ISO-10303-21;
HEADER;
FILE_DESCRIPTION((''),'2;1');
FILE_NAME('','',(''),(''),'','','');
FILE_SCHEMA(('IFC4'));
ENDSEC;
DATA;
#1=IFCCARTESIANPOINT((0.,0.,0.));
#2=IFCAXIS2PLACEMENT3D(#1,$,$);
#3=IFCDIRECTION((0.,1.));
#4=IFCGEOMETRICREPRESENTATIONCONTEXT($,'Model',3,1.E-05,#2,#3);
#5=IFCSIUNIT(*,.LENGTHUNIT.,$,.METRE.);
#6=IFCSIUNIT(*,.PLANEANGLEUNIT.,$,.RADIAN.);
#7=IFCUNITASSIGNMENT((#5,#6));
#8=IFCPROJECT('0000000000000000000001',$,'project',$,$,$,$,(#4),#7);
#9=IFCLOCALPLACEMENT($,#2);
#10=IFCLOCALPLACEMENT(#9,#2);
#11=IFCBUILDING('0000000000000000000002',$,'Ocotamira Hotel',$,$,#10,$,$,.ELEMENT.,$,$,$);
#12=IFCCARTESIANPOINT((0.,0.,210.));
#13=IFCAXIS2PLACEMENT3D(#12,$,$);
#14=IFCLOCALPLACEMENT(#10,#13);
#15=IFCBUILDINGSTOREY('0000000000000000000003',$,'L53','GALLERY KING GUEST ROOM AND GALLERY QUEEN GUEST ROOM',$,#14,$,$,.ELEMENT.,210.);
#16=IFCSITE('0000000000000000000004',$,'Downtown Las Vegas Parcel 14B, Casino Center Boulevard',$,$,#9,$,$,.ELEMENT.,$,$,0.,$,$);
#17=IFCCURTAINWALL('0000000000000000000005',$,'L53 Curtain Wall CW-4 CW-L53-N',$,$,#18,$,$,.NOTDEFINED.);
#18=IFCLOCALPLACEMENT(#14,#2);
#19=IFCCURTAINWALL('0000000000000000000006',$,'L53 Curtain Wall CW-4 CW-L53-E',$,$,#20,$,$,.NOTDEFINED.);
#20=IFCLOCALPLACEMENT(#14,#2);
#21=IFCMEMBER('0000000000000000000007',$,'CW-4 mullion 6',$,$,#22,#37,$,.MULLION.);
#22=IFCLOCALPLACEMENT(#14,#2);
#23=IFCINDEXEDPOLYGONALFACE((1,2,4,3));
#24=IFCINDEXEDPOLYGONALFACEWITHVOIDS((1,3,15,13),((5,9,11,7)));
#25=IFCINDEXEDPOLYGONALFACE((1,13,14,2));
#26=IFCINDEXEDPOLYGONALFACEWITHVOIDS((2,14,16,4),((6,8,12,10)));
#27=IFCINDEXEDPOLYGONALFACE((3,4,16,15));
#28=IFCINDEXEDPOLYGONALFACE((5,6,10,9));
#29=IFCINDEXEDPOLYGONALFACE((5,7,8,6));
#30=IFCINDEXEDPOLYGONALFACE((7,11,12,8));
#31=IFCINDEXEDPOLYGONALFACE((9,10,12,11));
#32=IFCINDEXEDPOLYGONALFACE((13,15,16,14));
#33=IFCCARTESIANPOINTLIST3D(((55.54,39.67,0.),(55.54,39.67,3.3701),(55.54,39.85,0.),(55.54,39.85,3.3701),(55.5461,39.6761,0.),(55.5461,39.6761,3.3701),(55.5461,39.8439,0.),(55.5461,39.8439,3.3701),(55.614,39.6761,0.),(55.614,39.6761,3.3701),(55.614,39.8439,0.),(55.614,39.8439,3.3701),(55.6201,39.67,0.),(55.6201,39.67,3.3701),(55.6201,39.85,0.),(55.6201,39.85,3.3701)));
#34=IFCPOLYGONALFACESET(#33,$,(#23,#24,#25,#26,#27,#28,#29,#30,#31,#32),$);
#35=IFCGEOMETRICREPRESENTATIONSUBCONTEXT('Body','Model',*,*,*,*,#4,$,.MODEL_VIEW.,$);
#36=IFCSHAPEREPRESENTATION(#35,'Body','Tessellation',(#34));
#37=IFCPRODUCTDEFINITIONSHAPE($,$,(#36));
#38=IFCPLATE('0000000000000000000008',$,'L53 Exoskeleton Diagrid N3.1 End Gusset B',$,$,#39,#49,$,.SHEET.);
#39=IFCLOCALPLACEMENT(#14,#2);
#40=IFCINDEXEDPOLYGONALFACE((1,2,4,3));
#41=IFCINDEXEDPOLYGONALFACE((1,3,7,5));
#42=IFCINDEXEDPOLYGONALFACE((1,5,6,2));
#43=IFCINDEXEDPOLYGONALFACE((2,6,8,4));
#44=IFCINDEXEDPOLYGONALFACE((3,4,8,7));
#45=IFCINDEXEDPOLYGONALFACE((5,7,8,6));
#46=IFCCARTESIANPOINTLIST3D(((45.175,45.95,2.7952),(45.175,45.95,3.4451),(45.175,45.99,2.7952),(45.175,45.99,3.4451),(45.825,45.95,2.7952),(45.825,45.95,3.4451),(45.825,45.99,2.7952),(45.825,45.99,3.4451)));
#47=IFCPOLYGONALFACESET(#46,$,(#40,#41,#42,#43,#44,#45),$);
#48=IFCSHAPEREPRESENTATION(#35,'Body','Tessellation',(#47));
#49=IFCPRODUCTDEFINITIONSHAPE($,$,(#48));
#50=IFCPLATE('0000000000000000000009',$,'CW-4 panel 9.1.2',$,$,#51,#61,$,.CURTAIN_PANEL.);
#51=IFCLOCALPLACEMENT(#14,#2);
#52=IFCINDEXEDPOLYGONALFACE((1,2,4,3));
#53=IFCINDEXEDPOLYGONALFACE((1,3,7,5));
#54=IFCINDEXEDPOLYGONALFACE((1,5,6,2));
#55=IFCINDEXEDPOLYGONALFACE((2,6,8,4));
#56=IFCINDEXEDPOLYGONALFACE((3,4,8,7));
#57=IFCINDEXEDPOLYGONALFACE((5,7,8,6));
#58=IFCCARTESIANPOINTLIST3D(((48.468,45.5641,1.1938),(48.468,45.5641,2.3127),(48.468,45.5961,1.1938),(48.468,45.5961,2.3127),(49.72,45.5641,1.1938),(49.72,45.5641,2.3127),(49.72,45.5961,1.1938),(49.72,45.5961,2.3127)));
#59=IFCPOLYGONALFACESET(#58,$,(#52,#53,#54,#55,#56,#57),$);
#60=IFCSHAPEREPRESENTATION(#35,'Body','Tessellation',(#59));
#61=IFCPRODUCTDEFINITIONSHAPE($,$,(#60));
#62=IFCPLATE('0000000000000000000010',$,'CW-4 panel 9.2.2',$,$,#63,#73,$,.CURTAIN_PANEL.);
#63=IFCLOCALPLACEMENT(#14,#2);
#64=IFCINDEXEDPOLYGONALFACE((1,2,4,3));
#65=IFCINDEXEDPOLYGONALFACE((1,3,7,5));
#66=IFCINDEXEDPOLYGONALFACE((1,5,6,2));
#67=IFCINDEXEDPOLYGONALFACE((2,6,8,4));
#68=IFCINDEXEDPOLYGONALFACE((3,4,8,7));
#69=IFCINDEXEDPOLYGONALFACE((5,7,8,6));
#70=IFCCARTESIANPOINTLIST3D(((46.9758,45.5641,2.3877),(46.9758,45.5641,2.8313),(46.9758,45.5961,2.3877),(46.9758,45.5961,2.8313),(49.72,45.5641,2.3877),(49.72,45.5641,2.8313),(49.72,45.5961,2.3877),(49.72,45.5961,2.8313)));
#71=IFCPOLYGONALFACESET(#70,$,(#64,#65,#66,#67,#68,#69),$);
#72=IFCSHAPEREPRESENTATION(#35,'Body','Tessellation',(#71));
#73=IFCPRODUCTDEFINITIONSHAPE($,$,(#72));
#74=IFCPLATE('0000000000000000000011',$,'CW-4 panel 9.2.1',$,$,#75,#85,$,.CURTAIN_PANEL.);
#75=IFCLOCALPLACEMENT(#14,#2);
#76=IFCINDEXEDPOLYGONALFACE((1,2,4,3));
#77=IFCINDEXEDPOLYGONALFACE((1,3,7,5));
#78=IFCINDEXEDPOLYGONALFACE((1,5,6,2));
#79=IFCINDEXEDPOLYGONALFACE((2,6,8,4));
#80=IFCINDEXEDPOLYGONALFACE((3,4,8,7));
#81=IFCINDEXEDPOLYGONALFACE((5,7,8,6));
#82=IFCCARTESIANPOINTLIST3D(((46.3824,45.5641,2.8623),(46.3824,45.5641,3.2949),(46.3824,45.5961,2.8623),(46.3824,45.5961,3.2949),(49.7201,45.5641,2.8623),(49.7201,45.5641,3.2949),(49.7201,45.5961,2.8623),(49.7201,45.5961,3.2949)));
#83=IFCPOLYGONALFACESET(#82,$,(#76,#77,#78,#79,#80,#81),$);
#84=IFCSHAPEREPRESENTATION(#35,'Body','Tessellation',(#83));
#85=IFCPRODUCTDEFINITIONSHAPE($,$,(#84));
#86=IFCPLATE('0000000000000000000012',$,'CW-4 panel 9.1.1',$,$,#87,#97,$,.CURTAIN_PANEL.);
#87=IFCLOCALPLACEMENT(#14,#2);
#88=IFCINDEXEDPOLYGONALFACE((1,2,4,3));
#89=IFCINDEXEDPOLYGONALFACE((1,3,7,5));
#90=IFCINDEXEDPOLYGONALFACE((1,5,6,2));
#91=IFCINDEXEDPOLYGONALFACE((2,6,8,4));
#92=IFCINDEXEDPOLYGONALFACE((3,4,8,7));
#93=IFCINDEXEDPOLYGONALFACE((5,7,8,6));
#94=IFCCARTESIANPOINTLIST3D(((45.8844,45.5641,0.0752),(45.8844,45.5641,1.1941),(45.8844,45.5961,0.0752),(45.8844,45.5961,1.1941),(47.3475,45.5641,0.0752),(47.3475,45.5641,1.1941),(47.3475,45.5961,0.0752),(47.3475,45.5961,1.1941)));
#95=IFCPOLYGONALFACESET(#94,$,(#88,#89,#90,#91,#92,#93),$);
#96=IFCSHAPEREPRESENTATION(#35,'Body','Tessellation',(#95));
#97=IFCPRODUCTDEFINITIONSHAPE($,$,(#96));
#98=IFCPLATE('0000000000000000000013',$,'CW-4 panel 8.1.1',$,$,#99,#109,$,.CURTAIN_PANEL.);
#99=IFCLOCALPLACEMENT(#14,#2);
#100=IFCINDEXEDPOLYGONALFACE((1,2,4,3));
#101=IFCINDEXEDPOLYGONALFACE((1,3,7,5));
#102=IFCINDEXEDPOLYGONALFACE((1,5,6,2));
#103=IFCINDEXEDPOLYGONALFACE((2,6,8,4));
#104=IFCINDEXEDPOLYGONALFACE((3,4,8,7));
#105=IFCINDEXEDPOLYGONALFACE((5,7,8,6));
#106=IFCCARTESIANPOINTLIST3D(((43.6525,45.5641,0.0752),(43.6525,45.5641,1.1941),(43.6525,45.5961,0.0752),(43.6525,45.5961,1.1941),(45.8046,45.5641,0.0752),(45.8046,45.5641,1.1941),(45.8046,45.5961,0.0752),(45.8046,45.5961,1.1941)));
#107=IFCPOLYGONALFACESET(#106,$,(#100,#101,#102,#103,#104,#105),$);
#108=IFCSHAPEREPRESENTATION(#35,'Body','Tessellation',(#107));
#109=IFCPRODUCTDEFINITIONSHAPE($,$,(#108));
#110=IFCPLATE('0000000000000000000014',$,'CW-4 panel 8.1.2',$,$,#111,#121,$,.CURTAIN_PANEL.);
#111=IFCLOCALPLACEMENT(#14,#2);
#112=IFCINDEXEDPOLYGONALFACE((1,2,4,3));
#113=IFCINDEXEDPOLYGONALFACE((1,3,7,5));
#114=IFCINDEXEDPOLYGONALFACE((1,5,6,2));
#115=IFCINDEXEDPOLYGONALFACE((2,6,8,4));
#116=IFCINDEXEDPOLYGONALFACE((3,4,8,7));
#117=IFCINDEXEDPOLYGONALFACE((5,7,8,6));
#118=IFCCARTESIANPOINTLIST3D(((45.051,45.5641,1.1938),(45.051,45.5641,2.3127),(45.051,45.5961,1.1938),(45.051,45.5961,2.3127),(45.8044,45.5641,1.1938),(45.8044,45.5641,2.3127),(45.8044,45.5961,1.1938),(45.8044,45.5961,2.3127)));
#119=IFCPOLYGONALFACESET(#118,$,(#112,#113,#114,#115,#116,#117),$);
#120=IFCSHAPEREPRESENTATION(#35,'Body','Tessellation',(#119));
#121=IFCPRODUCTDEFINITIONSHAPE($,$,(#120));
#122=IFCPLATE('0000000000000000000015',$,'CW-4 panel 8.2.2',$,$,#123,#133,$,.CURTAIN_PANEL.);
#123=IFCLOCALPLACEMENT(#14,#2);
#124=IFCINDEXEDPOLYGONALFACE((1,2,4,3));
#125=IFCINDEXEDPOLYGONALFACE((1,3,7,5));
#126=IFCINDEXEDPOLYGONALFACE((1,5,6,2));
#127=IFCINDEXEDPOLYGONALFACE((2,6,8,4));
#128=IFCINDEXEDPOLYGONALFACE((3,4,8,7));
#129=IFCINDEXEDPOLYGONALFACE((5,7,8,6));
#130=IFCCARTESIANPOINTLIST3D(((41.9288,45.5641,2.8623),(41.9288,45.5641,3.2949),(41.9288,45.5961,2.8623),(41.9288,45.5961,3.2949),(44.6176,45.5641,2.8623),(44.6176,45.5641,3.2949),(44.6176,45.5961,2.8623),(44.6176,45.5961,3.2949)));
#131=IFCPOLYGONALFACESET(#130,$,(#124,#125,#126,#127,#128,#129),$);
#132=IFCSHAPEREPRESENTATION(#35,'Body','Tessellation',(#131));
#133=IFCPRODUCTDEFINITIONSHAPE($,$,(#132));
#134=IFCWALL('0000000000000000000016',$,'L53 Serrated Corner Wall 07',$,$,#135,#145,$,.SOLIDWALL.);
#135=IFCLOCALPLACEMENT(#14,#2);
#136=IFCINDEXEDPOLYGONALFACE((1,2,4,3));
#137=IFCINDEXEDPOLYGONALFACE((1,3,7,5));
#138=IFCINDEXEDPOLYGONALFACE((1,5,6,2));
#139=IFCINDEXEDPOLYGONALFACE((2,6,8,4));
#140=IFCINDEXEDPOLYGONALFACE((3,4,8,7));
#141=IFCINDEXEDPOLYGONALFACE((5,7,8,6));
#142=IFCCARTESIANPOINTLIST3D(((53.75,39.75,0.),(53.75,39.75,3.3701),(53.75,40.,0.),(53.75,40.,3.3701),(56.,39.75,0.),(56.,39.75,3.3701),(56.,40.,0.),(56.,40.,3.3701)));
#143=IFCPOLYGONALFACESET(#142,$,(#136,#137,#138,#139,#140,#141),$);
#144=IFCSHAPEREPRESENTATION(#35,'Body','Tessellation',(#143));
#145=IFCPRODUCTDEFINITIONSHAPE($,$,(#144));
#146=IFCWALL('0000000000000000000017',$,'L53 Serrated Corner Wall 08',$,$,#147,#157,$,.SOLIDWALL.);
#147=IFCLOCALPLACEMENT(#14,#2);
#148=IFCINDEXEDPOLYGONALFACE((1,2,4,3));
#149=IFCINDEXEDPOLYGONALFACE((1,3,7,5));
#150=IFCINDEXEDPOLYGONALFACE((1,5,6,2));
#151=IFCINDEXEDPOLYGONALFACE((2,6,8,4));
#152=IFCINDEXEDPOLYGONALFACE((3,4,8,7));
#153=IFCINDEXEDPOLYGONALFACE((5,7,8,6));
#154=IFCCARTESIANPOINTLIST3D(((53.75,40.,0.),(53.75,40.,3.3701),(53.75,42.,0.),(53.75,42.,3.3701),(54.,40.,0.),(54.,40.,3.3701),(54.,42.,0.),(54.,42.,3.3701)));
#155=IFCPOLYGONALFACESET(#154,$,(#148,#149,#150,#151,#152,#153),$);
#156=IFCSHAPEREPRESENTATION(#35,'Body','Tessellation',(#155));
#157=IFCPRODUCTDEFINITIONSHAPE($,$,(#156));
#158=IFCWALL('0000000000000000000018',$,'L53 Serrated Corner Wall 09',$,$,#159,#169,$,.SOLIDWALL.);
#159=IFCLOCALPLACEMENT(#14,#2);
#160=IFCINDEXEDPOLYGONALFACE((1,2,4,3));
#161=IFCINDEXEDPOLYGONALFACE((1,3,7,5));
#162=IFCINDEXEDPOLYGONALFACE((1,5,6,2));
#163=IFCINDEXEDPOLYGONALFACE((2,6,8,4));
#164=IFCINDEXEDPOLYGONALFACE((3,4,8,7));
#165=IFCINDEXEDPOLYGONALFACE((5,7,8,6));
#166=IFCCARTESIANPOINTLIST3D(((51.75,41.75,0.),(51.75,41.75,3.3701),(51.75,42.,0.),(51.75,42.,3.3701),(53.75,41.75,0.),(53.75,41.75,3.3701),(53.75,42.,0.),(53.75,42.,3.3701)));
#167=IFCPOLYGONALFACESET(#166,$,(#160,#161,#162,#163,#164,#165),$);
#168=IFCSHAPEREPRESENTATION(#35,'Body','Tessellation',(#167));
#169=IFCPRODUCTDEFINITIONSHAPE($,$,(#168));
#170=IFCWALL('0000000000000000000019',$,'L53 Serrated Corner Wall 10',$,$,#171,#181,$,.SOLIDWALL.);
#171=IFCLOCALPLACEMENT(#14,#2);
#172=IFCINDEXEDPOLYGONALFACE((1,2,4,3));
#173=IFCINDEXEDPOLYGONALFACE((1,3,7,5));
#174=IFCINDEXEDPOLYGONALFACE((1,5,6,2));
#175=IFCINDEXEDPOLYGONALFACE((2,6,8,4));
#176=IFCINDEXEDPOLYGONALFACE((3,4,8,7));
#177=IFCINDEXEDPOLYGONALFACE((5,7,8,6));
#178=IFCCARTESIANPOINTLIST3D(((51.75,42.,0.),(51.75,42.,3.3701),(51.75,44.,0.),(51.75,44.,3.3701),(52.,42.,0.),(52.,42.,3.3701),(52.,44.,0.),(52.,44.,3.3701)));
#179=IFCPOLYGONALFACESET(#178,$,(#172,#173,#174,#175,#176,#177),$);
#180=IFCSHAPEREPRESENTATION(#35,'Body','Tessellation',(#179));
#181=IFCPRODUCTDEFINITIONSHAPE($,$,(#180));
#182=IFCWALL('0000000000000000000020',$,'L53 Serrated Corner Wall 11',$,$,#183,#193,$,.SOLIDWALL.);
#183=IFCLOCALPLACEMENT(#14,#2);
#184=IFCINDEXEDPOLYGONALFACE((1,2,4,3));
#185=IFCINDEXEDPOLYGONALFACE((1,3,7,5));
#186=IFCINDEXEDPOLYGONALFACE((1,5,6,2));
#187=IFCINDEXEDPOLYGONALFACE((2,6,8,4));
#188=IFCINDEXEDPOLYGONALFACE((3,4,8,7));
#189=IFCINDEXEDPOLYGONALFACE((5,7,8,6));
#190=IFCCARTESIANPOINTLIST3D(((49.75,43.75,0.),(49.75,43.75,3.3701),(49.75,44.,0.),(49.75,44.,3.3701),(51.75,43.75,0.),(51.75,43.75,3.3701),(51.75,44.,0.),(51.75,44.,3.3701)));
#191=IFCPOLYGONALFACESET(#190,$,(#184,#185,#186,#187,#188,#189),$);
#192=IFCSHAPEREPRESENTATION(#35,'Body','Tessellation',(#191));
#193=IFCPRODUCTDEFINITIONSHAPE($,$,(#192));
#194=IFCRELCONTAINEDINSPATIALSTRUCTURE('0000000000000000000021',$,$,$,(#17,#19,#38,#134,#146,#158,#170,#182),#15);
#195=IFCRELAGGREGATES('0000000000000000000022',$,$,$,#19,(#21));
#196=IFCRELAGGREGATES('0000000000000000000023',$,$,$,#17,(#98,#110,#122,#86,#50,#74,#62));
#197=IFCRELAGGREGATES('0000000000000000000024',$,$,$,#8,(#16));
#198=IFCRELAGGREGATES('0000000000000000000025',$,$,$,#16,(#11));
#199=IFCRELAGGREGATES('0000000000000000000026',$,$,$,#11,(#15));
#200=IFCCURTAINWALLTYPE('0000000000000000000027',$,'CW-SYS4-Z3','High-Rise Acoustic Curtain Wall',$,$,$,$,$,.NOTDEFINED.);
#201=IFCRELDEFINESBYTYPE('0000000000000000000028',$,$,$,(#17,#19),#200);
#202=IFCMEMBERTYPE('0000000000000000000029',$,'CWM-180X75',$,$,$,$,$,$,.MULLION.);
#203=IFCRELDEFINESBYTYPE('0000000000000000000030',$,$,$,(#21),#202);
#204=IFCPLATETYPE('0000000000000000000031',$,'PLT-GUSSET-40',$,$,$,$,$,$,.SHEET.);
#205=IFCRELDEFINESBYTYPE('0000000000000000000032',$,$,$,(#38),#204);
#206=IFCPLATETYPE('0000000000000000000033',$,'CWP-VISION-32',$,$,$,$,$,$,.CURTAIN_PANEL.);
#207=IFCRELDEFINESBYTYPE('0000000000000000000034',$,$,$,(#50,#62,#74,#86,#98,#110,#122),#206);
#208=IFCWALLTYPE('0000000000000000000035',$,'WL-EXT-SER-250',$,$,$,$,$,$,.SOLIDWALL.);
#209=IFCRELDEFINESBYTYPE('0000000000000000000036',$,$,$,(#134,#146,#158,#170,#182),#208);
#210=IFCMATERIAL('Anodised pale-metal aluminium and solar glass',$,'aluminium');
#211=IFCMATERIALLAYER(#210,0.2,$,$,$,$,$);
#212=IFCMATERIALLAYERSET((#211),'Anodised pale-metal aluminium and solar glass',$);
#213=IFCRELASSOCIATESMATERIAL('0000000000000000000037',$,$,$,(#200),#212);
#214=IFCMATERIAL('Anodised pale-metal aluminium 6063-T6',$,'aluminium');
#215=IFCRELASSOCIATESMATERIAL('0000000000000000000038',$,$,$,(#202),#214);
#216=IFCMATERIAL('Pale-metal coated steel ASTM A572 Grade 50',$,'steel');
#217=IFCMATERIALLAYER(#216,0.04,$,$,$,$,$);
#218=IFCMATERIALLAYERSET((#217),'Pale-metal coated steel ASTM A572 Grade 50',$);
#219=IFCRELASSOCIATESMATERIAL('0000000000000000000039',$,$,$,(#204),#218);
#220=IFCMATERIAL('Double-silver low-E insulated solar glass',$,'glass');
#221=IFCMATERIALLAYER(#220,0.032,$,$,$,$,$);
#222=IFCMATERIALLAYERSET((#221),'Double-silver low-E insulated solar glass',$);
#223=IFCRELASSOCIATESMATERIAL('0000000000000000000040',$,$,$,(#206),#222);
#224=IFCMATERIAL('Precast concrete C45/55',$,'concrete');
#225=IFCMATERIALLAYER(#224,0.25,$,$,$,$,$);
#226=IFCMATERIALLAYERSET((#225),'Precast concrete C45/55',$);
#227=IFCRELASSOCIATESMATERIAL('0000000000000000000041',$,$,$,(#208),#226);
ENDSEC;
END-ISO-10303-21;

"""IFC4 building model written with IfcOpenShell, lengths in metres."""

from ifc_helpers import new_model, si_unit, direction, frame, frame_2d, origin, origin_2d, place, context, subcontext, project, spatial, rectangle, hollow_rectangle, extrude, source, transform, mapped, material, layer, layer_set, material_profile, profile_set, type_object, element, aggregate, save


model = new_model("IFC4")

# Units and contexts
model_context = context("Model", 3, precision=1e-05, world=origin(), true_north=direction((0.0, 1.0)))
body_context = subcontext(model_context, "Body", "Model", "MODEL_VIEW")
ifc_project = project(units=[si_unit("LENGTHUNIT", "METRE"), si_unit("PLANEANGLEUNIT", "RADIAN")], contexts=[model_context])

# Site, building, storey
site_placement = place(None, origin())
site = spatial("IfcSite", under=ifc_project, at=site_placement, Name="Downtown Las Vegas Parcel 14B, Casino Center Boulevard", CompositionType="ELEMENT", RefElevation=0.0)
building_placement = place(site_placement, origin())
building = spatial("IfcBuilding", under=site, at=building_placement, Name="Ocotamira Hotel", CompositionType="ELEMENT")
storey_placement = place(building_placement, frame((0.0, 0.0, 210.0)))
storey = spatial("IfcBuildingStorey", under=building, at=storey_placement, Name="L53", Description="GALLERY KING GUEST ROOM AND GALLERY QUEEN GUEST ROOM", CompositionType="ELEMENT", Elevation=210.0)

# Curtain wall
ifc_material_1 = material(Name="Anodised pale-metal aluminium and solar glass", Category="aluminium")
ifc_layer_1 = layer(ifc_material_1, 0.2)
ifc_layer_set_1 = layer_set([ifc_layer_1], Name="Anodised pale-metal aluminium and solar glass")
curtain_wall_type = type_object("IfcCurtainWallType", Name="CW-SYS4-Z3", Description="High-Rise Acoustic Curtain Wall", PredefinedType="NOTDEFINED", material=ifc_layer_set_1)
curtain_wall_1_placement = place(storey_placement, origin())
curtain_wall_1 = element("IfcCurtainWall", 1, at=curtain_wall_1_placement, inside=storey, type_object=curtain_wall_type, Name="L53 Curtain Wall CW-4 CW-L53-N", PredefinedType="NOTDEFINED")
ifc_material_2 = material(Name="Anodised pale-metal aluminium 6063-T6", Category="aluminium")
ifc_material_profile_1 = material_profile(ifc_material_2, hollow_rectangle(XDim=0.0801, YDim=0.1799, WallThickness=0.0061, at=origin_2d()), Name="HSS180X80X6")
ifc_profile_set_1 = profile_set([ifc_material_profile_1], Name="Anodised pale-metal aluminium 6063-T6")
member_type_1 = type_object("IfcMemberType", Name="CWM-180X75", PredefinedType="MULLION", material=ifc_profile_set_1)
shared_shape_1 = source(origin(), body_context, "Body", "SweptSolid", [
    extrude(hollow_rectangle(XDim=0.0801, YDim=0.1799, WallThickness=0.0061, at=origin_2d()), origin(), (0.0, 0.0, 1.0), 3.3701),
])

# Curtain wall, member
curtain_wall_2_placement = place(storey_placement, origin())
curtain_wall_2 = element("IfcCurtainWall", 2, at=curtain_wall_2_placement, inside=storey, type_object=curtain_wall_type, Name="L53 Curtain Wall CW-4 CW-L53-E", PredefinedType="NOTDEFINED")
member_1_placement = place(storey_placement, frame((55.5801, 39.76, 0.0), z_axis=(0.0, 0.0, 1.0), x_axis=(-1.0, 0.0, 0.0)))
member_1 = element("IfcMember", 3, at=member_1_placement, type_object=member_type_1, Name="CW-4 mullion 6", PredefinedType="MULLION", context=body_context, shape_type="MappedRepresentation", body=[
    mapped(shared_shape_1, transform((0.0, 0.0, 0.0), scale=1.0)),
])
aggregate(curtain_wall_2, [member_1])

# Plates
ifc_material_3 = material(Name="Pale-metal coated steel ASTM A572 Grade 50", Category="steel")
ifc_layer_2 = layer(ifc_material_3, 0.04)
ifc_layer_set_2 = layer_set([ifc_layer_2], Name="Pale-metal coated steel ASTM A572 Grade 50")
plate_type_1 = type_object("IfcPlateType", Name="PLT-GUSSET-40", PredefinedType="SHEET", material=ifc_layer_set_2)
shared_shape_2 = source(origin(), body_context, "Body", "SweptSolid", [
    extrude(rectangle(XDim=0.6499, YDim=0.04, at=origin_2d()), origin(), (0.0, 0.0, 1.0), 0.6499),
])
plate_1_placement = place(storey_placement, frame((45.5, 45.97, 2.7952), z_axis=(0.0, 0.0, 1.0), x_axis=(1.0, 0.0, 0.0)))
element("IfcPlate", 4, at=plate_1_placement, inside=storey, type_object=plate_type_1, Name="L53 Exoskeleton Diagrid N3.1 End Gusset B", PredefinedType="SHEET", context=body_context, shape_type="MappedRepresentation", body=[
    mapped(shared_shape_2, transform((0.0, 0.0, 0.0), scale=1.0)),
])
ifc_material_4 = material(Name="Double-silver low-E insulated solar glass", Category="glass")
ifc_layer_3 = layer(ifc_material_4, 0.032)
ifc_layer_set_3 = layer_set([ifc_layer_3], Name="Double-silver low-E insulated solar glass")
plate_type_2 = type_object("IfcPlateType", Name="CWP-VISION-32", PredefinedType="CURTAIN_PANEL", material=ifc_layer_set_3)
shared_shape_3 = source(origin(), body_context, "Body", "SweptSolid", [
    extrude(rectangle(XDim=1.252, YDim=0.032, at=origin_2d()), origin(), (0.0, 0.0, 1.0), 1.1189),
])
plate_2_placement = place(storey_placement, frame((49.094, 45.5801, 1.1938), z_axis=(0.0, 0.0, 1.0), x_axis=(1.0, 0.0, 0.0)))
plate_2 = element("IfcPlate", 5, at=plate_2_placement, type_object=plate_type_2, Name="CW-4 panel 9.1.2", PredefinedType="CURTAIN_PANEL", context=body_context, shape_type="MappedRepresentation", body=[
    mapped(shared_shape_3, transform((0.0, 0.0, 0.0), scale=1.0)),
])
shared_shape_4 = source(origin(), body_context, "Body", "SweptSolid", [
    extrude(rectangle(XDim=2.7441, YDim=0.032, at=origin_2d()), origin(), (0.0, 0.0, 1.0), 0.4436),
])
plate_3_placement = place(storey_placement, frame((48.3479, 45.5801, 2.3877), z_axis=(0.0, 0.0, 1.0), x_axis=(1.0, 0.0, 0.0)))
plate_3 = element("IfcPlate", 6, at=plate_3_placement, type_object=plate_type_2, Name="CW-4 panel 9.2.2", PredefinedType="CURTAIN_PANEL", context=body_context, shape_type="MappedRepresentation", body=[
    mapped(shared_shape_4, transform((0.0, 0.0, 0.0), scale=1.0)),
])
shared_shape_5 = source(origin(), body_context, "Body", "SweptSolid", [
    extrude(rectangle(XDim=3.3376, YDim=0.032, at=origin_2d()), origin(), (0.0, 0.0, 1.0), 0.4326),
])
plate_4_placement = place(storey_placement, frame((48.0513, 45.5801, 2.8623), z_axis=(0.0, 0.0, 1.0), x_axis=(1.0, 0.0, 0.0)))
plate_4 = element("IfcPlate", 7, at=plate_4_placement, type_object=plate_type_2, Name="CW-4 panel 9.2.1", PredefinedType="CURTAIN_PANEL", context=body_context, shape_type="MappedRepresentation", body=[
    mapped(shared_shape_5, transform((0.0, 0.0, 0.0), scale=1.0)),
])
shared_shape_6 = source(origin(), body_context, "Body", "SweptSolid", [
    extrude(rectangle(XDim=1.4631, YDim=0.032, at=origin_2d()), origin(), (0.0, 0.0, 1.0), 1.1189),
])
plate_5_placement = place(storey_placement, frame((46.616, 45.5801, 0.0752), z_axis=(0.0, 0.0, 1.0), x_axis=(1.0, 0.0, 0.0)))
plate_5 = element("IfcPlate", 8, at=plate_5_placement, type_object=plate_type_2, Name="CW-4 panel 9.1.1", PredefinedType="CURTAIN_PANEL", context=body_context, shape_type="MappedRepresentation", body=[
    mapped(shared_shape_6, transform((0.0, 0.0, 0.0), scale=1.0)),
])
shared_shape_7 = source(origin(), body_context, "Body", "SweptSolid", [
    extrude(rectangle(XDim=2.1521, YDim=0.032, at=origin_2d()), origin(), (0.0, 0.0, 1.0), 1.1189),
])
plate_6_placement = place(storey_placement, frame((44.7285, 45.5801, 0.0752), z_axis=(0.0, 0.0, 1.0), x_axis=(1.0, 0.0, 0.0)))
plate_6 = element("IfcPlate", 9, at=plate_6_placement, type_object=plate_type_2, Name="CW-4 panel 8.1.1", PredefinedType="CURTAIN_PANEL", context=body_context, shape_type="MappedRepresentation", body=[
    mapped(shared_shape_7, transform((0.0, 0.0, 0.0), scale=1.0)),
])
shared_shape_8 = source(origin(), body_context, "Body", "SweptSolid", [
    extrude(rectangle(XDim=0.7534, YDim=0.032, at=origin_2d()), origin(), (0.0, 0.0, 1.0), 1.1189),
])
plate_7_placement = place(storey_placement, frame((45.4277, 45.5801, 1.1938), z_axis=(0.0, 0.0, 1.0), x_axis=(1.0, 0.0, 0.0)))
plate_7 = element("IfcPlate", 10, at=plate_7_placement, type_object=plate_type_2, Name="CW-4 panel 8.1.2", PredefinedType="CURTAIN_PANEL", context=body_context, shape_type="MappedRepresentation", body=[
    mapped(shared_shape_8, transform((0.0, 0.0, 0.0), scale=1.0)),
])
shared_shape_9 = source(origin(), body_context, "Body", "SweptSolid", [
    extrude(rectangle(XDim=2.6887, YDim=0.032, at=origin_2d()), origin(), (0.0, 0.0, 1.0), 0.4326),
])
plate_8_placement = place(storey_placement, frame((43.2732, 45.5801, 2.8623), z_axis=(0.0, 0.0, 1.0), x_axis=(1.0, 0.0, 0.0)))
plate_8 = element("IfcPlate", 11, at=plate_8_placement, type_object=plate_type_2, Name="CW-4 panel 8.2.2", PredefinedType="CURTAIN_PANEL", context=body_context, shape_type="MappedRepresentation", body=[
    mapped(shared_shape_9, transform((0.0, 0.0, 0.0), scale=1.0)),
])
aggregate(curtain_wall_1, [plate_6, plate_7, plate_8, plate_5, plate_2, plate_4, plate_3])

# Walls
ifc_material_5 = material(Name="Precast concrete C45/55", Category="concrete")
ifc_layer_4 = layer(ifc_material_5, 0.25)
ifc_layer_set_4 = layer_set([ifc_layer_4], Name="Precast concrete C45/55")
wall_type_1 = type_object("IfcWallType", Name="WL-EXT-SER-250", PredefinedType="SOLIDWALL", material=ifc_layer_set_4)
wall_1_placement = place(storey_placement, frame((56.0, 39.875, 0.0), z_axis=(0.0, 0.0, 1.0), x_axis=(-1.0, 0.0, 0.0)))
element("IfcWall", 12, at=wall_1_placement, inside=storey, type_object=wall_type_1, Name="L53 Serrated Corner Wall 07", PredefinedType="SOLIDWALL", context=body_context, shape_type="SweptSolid", body=[
    extrude(rectangle(XDim=2.25, YDim=0.25, at=frame_2d((1.125, 0.0))), origin(), (0.0, 0.0, 1.0), 3.3701),
])
for number, where, z_axis, x_axis, name in (
    (13, (53.875, 40.0, 0.0), (0.0, 0.0, 1.0), (0.0, 1.0, 0.0), "L53 Serrated Corner Wall 08"),
    (14, (53.75, 41.875, 0.0), (0.0, 0.0, 1.0), (-1.0, 0.0, 0.0), "L53 Serrated Corner Wall 09"),
    (15, (51.875, 42.0, 0.0), (0.0, 0.0, 1.0), (0.0, 1.0, 0.0), "L53 Serrated Corner Wall 10"),
    (16, (51.75, 43.875, 0.0), (0.0, 0.0, 1.0), (-1.0, 0.0, 0.0), "L53 Serrated Corner Wall 11"),
):
    element("IfcWall", number, at=place(storey_placement, frame(where, z_axis=z_axis, x_axis=x_axis)), inside=storey, type_object=wall_type_1, Name=name, PredefinedType="SOLIDWALL", context=body_context, shape_type="SweptSolid", body=[
        extrude(rectangle(XDim=2.0, YDim=0.25, at=frame_2d((1.0, 0.0))), origin(), (0.0, 0.0, 1.0), 3.3701),
    ])

save(model, "model.ifc")
